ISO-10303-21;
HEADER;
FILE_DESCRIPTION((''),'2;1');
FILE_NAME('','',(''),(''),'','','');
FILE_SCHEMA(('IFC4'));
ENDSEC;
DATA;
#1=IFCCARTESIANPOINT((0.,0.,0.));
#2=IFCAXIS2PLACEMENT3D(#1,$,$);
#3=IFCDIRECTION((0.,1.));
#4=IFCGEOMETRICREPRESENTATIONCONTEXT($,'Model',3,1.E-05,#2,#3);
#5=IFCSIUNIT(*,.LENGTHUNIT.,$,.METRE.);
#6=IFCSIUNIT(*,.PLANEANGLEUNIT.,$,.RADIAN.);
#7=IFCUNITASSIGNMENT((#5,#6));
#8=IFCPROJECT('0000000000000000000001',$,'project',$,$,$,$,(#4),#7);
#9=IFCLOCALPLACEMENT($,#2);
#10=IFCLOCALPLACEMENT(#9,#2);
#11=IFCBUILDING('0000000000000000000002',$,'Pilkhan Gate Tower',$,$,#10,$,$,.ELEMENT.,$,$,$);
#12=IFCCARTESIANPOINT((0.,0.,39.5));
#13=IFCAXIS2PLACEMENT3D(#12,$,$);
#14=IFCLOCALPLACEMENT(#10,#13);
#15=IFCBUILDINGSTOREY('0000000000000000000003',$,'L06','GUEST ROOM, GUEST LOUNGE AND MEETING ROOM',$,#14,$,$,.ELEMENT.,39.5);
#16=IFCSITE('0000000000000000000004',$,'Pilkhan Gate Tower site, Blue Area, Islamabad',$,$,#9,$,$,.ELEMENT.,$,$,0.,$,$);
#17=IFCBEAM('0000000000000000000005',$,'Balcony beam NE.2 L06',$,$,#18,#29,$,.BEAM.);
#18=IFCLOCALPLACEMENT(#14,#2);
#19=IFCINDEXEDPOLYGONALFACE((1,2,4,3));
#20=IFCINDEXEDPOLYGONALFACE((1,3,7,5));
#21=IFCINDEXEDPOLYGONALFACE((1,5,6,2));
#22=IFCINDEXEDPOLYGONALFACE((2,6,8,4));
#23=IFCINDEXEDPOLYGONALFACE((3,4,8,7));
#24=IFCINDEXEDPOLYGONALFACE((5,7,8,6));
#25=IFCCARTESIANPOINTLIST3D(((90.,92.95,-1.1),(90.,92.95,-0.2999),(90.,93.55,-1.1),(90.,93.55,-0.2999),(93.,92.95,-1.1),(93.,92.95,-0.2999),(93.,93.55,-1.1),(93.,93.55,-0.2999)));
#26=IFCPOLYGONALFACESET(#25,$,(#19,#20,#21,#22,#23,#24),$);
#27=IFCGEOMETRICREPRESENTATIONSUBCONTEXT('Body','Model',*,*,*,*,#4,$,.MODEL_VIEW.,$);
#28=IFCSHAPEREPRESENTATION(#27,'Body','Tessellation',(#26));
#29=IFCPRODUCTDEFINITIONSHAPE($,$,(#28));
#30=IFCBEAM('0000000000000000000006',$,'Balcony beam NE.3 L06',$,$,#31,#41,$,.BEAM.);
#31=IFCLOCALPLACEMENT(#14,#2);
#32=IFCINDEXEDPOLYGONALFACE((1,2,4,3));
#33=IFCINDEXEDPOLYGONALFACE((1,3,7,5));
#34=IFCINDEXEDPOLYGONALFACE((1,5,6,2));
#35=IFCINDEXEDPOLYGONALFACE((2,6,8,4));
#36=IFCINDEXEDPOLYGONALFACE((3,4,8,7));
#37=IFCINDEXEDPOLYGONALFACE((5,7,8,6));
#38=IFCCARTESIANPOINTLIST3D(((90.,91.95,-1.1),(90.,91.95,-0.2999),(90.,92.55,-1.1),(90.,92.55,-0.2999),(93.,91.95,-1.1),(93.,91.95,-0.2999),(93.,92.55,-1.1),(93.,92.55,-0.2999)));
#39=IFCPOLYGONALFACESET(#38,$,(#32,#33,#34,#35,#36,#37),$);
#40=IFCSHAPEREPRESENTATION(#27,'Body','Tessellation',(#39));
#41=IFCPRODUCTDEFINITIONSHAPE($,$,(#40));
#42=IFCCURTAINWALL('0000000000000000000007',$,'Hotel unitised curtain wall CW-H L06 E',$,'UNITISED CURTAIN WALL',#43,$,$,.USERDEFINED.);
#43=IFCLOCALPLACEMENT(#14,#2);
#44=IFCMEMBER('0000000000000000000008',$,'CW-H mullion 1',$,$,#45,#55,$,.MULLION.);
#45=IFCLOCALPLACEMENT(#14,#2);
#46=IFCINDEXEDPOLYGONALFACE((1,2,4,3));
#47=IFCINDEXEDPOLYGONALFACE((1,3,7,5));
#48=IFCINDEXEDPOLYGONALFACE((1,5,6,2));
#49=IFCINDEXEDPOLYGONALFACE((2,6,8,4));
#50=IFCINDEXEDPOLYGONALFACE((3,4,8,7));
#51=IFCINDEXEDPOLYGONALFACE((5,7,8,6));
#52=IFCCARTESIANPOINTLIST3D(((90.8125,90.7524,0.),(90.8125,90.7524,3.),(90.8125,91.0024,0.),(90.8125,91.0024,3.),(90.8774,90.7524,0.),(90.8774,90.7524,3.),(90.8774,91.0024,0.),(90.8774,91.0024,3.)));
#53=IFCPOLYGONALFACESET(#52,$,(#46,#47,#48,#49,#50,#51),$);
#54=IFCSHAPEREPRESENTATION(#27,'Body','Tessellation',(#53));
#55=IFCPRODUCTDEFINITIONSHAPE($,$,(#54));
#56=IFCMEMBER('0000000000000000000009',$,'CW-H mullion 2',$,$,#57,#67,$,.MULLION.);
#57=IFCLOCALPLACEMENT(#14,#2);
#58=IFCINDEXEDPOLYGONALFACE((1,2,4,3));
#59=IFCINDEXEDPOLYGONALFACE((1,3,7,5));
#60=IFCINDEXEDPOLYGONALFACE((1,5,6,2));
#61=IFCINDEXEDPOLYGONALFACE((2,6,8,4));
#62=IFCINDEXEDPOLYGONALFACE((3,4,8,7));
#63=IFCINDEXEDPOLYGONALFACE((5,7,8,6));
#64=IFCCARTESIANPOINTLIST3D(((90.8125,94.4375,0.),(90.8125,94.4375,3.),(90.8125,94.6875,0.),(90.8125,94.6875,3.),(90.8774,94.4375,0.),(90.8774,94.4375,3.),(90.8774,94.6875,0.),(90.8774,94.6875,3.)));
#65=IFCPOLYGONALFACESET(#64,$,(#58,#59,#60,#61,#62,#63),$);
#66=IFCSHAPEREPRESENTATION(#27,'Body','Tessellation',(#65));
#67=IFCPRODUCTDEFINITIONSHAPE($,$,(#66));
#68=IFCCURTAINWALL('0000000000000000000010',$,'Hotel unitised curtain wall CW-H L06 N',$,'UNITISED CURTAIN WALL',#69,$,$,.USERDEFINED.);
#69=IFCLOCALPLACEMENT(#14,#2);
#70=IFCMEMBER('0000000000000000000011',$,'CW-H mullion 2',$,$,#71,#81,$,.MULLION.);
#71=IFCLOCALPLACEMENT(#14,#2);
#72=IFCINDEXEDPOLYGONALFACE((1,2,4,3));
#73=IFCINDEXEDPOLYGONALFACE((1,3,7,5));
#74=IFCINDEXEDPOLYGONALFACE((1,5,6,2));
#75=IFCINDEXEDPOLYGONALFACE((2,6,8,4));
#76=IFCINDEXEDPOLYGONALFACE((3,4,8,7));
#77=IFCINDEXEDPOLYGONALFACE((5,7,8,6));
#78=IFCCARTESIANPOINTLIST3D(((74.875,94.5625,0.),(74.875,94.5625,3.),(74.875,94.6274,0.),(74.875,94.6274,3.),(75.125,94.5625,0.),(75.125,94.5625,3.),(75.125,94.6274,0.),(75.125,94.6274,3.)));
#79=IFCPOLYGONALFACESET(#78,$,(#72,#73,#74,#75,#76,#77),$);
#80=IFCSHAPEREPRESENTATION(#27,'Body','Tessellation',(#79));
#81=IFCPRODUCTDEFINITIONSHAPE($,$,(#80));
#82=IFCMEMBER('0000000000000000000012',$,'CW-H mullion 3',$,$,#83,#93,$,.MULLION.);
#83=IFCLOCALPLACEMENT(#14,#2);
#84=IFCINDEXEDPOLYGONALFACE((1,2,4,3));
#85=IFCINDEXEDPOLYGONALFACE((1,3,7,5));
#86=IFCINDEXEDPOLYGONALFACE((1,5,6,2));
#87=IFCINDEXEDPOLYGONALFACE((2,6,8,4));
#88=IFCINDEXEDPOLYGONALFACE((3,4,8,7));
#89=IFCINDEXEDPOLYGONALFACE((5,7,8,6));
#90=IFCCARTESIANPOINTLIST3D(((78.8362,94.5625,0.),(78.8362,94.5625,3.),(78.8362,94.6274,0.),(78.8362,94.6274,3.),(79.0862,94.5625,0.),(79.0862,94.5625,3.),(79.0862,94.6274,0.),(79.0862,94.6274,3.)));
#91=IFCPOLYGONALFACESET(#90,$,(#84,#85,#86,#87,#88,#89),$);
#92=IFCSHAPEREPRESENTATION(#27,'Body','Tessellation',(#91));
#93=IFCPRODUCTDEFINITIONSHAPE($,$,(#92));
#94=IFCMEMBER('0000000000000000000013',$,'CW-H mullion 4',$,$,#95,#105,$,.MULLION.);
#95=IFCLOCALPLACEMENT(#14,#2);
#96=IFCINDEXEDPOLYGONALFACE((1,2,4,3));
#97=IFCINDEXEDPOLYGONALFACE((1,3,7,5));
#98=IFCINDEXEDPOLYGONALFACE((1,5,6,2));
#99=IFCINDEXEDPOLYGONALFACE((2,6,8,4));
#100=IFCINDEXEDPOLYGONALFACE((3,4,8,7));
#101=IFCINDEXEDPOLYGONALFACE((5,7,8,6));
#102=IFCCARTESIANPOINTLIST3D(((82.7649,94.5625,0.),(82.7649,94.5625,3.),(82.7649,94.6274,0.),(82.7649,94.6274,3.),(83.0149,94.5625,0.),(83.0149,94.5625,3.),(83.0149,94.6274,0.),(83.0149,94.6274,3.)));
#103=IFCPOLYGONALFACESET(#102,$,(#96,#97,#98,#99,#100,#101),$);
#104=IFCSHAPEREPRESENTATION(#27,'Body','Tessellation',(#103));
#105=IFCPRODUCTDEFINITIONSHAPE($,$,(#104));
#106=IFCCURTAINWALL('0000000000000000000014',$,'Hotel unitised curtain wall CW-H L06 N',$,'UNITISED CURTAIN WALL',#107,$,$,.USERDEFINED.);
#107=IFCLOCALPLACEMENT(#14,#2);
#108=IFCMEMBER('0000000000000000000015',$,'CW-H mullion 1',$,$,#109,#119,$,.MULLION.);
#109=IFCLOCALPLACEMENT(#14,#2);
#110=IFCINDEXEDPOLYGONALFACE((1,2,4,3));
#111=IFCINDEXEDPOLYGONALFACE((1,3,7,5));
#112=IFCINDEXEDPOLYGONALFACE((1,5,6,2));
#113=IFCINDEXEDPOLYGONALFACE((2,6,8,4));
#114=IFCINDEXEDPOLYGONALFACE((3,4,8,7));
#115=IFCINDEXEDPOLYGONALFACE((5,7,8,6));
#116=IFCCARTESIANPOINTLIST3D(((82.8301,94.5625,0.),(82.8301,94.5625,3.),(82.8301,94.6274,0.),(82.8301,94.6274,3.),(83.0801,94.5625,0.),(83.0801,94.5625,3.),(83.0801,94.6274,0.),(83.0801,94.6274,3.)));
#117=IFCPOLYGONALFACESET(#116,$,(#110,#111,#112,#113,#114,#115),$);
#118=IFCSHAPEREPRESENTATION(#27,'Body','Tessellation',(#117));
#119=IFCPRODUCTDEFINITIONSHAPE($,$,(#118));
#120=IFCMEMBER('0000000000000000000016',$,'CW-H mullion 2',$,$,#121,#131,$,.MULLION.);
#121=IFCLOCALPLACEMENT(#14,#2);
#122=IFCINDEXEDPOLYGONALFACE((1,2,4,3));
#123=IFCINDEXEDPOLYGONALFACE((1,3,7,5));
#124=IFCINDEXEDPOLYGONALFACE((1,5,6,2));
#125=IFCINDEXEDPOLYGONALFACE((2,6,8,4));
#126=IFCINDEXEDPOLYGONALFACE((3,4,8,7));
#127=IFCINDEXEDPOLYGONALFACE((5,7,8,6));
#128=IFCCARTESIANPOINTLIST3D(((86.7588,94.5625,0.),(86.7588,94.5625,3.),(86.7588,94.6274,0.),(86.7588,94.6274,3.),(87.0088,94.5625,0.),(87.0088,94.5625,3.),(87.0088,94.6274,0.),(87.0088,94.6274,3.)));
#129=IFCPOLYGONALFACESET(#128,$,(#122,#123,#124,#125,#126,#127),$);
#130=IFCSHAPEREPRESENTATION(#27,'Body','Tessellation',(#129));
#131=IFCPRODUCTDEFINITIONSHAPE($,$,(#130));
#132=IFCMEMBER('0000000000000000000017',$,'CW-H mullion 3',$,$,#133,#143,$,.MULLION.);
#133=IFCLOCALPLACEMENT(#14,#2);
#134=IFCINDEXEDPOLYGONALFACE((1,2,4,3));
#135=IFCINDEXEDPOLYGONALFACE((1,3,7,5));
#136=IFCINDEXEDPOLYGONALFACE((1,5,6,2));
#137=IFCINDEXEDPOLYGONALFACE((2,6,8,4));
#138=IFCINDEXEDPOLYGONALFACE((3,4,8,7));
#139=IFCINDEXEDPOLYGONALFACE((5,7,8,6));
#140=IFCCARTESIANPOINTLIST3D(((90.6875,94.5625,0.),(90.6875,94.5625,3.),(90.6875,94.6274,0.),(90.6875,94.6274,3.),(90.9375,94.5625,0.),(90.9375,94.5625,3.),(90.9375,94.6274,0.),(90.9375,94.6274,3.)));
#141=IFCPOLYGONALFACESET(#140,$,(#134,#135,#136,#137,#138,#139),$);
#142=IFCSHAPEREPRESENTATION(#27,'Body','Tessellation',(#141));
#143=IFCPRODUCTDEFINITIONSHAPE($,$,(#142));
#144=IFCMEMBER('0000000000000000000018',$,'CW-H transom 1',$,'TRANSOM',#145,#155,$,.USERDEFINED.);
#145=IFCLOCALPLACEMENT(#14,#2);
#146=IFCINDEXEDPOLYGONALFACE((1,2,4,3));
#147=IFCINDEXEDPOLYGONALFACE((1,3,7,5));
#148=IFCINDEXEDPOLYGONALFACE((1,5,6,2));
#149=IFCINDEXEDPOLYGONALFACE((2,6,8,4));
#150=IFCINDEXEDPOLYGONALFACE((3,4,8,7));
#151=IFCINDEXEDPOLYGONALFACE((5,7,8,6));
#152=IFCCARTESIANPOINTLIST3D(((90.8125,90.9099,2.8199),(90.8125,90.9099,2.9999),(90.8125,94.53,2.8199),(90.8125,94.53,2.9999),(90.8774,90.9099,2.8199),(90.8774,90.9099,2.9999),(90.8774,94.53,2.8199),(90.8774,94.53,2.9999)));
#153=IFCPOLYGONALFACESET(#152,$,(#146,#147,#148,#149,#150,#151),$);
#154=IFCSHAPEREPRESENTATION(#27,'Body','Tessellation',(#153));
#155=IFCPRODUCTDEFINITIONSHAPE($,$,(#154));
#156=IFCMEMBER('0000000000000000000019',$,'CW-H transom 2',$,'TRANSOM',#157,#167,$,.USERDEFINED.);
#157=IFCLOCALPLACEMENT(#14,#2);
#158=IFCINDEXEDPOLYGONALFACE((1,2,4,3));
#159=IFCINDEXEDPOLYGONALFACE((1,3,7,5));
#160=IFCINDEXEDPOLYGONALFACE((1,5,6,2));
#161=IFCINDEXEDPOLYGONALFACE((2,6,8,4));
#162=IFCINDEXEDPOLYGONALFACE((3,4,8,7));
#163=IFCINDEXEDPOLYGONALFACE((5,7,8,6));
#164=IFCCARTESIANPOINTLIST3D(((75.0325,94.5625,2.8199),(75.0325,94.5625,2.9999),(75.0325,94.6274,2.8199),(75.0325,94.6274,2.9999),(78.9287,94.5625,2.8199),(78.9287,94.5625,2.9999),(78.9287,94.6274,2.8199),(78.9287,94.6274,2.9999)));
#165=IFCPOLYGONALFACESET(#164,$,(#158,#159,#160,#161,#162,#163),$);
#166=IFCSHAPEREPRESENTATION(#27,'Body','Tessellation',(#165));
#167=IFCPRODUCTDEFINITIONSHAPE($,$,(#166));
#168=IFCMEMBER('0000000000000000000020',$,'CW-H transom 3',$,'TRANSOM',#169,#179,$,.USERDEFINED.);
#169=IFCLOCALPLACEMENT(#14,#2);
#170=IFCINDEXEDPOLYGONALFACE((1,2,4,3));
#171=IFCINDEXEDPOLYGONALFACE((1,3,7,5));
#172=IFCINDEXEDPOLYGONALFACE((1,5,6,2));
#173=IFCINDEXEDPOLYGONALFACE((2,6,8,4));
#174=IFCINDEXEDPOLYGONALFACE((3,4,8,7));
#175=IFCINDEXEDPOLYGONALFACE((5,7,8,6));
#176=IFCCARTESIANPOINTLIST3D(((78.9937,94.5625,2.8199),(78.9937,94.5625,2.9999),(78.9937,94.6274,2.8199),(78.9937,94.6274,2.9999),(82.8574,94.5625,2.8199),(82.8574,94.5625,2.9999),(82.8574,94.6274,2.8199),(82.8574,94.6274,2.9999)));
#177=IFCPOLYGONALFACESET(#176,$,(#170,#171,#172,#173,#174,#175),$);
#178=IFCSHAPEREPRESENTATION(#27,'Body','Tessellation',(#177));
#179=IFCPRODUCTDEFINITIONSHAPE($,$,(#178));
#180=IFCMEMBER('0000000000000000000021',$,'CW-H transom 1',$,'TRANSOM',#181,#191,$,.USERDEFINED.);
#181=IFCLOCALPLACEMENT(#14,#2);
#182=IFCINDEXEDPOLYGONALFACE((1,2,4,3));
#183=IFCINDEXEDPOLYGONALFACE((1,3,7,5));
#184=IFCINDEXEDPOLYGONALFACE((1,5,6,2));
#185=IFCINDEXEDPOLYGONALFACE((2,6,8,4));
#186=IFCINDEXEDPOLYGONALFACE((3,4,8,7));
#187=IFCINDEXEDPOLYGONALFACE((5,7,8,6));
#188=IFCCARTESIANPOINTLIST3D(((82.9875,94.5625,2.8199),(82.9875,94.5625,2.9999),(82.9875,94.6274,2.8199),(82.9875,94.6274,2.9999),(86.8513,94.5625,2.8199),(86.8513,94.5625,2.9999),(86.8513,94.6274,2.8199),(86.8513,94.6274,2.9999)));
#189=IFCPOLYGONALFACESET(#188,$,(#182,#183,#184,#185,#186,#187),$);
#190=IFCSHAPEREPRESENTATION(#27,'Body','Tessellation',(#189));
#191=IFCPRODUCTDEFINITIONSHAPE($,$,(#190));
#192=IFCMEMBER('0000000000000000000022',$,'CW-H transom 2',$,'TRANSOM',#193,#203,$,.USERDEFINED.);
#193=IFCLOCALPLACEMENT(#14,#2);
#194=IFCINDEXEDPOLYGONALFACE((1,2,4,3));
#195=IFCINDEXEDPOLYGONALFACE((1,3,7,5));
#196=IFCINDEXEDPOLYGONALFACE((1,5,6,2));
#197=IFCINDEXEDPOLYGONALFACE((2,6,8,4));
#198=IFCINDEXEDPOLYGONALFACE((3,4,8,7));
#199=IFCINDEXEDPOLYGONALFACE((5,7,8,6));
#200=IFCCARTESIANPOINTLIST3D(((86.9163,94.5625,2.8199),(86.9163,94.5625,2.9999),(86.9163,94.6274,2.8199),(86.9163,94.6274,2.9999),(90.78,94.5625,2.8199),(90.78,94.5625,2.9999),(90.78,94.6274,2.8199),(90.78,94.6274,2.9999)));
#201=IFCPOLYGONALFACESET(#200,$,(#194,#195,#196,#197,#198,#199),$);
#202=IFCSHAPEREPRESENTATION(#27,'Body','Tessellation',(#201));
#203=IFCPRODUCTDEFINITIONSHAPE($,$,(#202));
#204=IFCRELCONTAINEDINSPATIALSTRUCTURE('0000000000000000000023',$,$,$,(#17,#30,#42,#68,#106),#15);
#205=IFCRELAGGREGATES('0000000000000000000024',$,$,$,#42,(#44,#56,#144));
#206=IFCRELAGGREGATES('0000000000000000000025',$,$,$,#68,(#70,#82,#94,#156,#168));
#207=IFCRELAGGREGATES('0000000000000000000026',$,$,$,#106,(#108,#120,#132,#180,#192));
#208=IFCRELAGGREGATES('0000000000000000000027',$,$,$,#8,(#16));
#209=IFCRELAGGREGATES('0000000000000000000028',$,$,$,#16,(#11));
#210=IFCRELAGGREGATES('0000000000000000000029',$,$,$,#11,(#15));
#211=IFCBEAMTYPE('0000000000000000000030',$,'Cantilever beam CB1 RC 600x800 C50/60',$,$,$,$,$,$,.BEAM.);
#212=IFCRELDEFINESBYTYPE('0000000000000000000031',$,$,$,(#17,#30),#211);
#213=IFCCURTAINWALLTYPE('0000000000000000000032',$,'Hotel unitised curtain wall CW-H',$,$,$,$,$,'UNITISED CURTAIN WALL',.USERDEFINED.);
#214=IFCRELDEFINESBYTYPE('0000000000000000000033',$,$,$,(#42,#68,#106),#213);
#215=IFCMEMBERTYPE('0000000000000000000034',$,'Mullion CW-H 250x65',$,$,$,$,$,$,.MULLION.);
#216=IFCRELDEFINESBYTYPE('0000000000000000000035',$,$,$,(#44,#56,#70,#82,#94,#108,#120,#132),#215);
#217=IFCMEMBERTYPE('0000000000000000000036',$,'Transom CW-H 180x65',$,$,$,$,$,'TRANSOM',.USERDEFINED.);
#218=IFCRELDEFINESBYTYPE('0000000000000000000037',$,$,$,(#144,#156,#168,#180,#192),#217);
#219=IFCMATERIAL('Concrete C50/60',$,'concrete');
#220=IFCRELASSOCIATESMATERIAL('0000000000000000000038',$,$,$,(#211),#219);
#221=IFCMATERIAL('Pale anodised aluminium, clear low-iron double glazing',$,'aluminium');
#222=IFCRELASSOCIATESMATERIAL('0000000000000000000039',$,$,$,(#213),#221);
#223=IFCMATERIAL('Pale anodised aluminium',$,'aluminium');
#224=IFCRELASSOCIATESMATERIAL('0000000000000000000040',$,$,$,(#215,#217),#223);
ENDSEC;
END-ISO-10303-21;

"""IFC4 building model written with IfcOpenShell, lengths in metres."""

from ifc_helpers import new_model, si_unit, direction, frame, origin, origin_2d, place, context, subcontext, project, spatial, rectangle, extrude, material, material_profile, profile_set, type_object, element, aggregate, save


model = new_model("IFC4")

# Units and contexts
model_context = context("Model", 3, precision=1e-05, world=origin(), true_north=direction((0.0, 1.0)))
body_context = subcontext(model_context, "Body", "Model", "MODEL_VIEW")
ifc_project = project(units=[si_unit("LENGTHUNIT", "METRE"), si_unit("PLANEANGLEUNIT", "RADIAN")], contexts=[model_context])

# Site, building, storey
site_placement = place(None, origin())
site = spatial("IfcSite", under=ifc_project, at=site_placement, Name="Pilkhan Gate Tower site, Blue Area, Islamabad", CompositionType="ELEMENT", RefElevation=0.0)
building_placement = place(site_placement, origin())
building = spatial("IfcBuilding", under=site, at=building_placement, Name="Pilkhan Gate Tower", CompositionType="ELEMENT")
storey_placement = place(building_placement, frame((0.0, 0.0, 39.5)))
storey = spatial("IfcBuildingStorey", under=building, at=storey_placement, Name="L06", Description="GUEST ROOM, GUEST LOUNGE AND MEETING ROOM", CompositionType="ELEMENT", Elevation=39.5)

# Beams
ifc_material_1 = material(Name="Concrete C50/60", Category="concrete")
ifc_material_profile_1 = material_profile(ifc_material_1, rectangle(XDim=0.6001, YDim=0.8, at=origin_2d()), Name="RC 600x800")
ifc_profile_set_1 = profile_set([ifc_material_profile_1], Name="Concrete C50/60")
beam_type = type_object("IfcBeamType", Name="Cantilever beam CB1 RC 600x800 C50/60", PredefinedType="BEAM", material=ifc_profile_set_1)
for number, where, z_axis, x_axis, name in (
    (1, (90.0, 93.25, -0.7), (1.0, 0.0, 0.0), (0.0, 1.0, 0.0), "Balcony beam NE.2 L06"),
    (2, (90.0, 92.25, -0.7), (1.0, 0.0, 0.0), (0.0, 1.0, 0.0), "Balcony beam NE.3 L06"),
):
    element("IfcBeam", number, at=place(storey_placement, frame(where, z_axis=z_axis, x_axis=x_axis)), inside=storey, type_object=beam_type, Name=name, PredefinedType="BEAM", context=body_context, shape_type="SweptSolid", body=[
        extrude(rectangle(XDim=0.6001, YDim=0.8, at=origin_2d()), origin(), (0.0, 0.0, 1.0), 3.0),
    ])

# Curtain walls, members
ifc_material_2 = material(Name="Pale anodised aluminium, clear low-iron double glazing", Category="aluminium")
curtain_wall_type = type_object("IfcCurtainWallType", Name="Hotel unitised curtain wall CW-H", ElementType="UNITISED CURTAIN WALL", PredefinedType="USERDEFINED", material=ifc_material_2)
curtain_wall_1_placement = place(storey_placement, origin())
curtain_wall_1 = element("IfcCurtainWall", 3, at=curtain_wall_1_placement, inside=storey, type_object=curtain_wall_type, Name="Hotel unitised curtain wall CW-H L06 E", ObjectType="UNITISED CURTAIN WALL", PredefinedType="USERDEFINED")
ifc_material_3 = material(Name="Pale anodised aluminium", Category="aluminium")
ifc_material_profile_2 = material_profile(ifc_material_3, rectangle(XDim=0.0649, YDim=0.25, at=origin_2d()), Name="Mullion 250x65")
ifc_profile_set_2 = profile_set([ifc_material_profile_2], Name="Pale anodised aluminium")
member_type_1 = type_object("IfcMemberType", Name="Mullion CW-H 250x65", PredefinedType="MULLION", material=ifc_profile_set_2)
member_1_placement = place(storey_placement, frame((90.845, 90.8774, 0.0), z_axis=(0.0, 0.0, 1.0), x_axis=(-1.0, 0.0, 0.0)))
member_1 = element("IfcMember", 4, at=member_1_placement, type_object=member_type_1, Name="CW-H mullion 1", PredefinedType="MULLION", context=body_context, shape_type="SweptSolid", body=[
    extrude(rectangle(XDim=0.0649, YDim=0.25, at=origin_2d()), origin(), (0.0, 0.0, 1.0), 3.0),
])
member_2_placement = place(storey_placement, frame((90.845, 94.5625, 0.0), z_axis=(0.0, 0.0, 1.0), x_axis=(-1.0, 0.0, 0.0)))
member_2 = element("IfcMember", 5, at=member_2_placement, type_object=member_type_1, Name="CW-H mullion 2", PredefinedType="MULLION", context=body_context, shape_type="SweptSolid", body=[
    extrude(rectangle(XDim=0.0649, YDim=0.25, at=origin_2d()), origin(), (0.0, 0.0, 1.0), 3.0),
])
curtain_wall_2_placement = place(storey_placement, origin())
curtain_wall_2 = element("IfcCurtainWall", 6, at=curtain_wall_2_placement, inside=storey, type_object=curtain_wall_type, Name="Hotel unitised curtain wall CW-H L06 N", ObjectType="UNITISED CURTAIN WALL", PredefinedType="USERDEFINED")
member_3_placement = place(storey_placement, frame((75.0, 94.595, 0.0), z_axis=(0.0, 0.0, 1.0), x_axis=(0.0, 1.0, 0.0)))
member_3 = element("IfcMember", 7, at=member_3_placement, type_object=member_type_1, Name="CW-H mullion 2", PredefinedType="MULLION", context=body_context, shape_type="SweptSolid", body=[
    extrude(rectangle(XDim=0.0649, YDim=0.25, at=origin_2d()), origin(), (0.0, 0.0, 1.0), 3.0),
])
member_4_placement = place(storey_placement, frame((78.9612, 94.595, 0.0), z_axis=(0.0, 0.0, 1.0), x_axis=(0.0, 1.0, 0.0)))
member_4 = element("IfcMember", 8, at=member_4_placement, type_object=member_type_1, Name="CW-H mullion 3", PredefinedType="MULLION", context=body_context, shape_type="SweptSolid", body=[
    extrude(rectangle(XDim=0.0649, YDim=0.25, at=origin_2d()), origin(), (0.0, 0.0, 1.0), 3.0),
])
member_5_placement = place(storey_placement, frame((82.8899, 94.595, 0.0), z_axis=(0.0, 0.0, 1.0), x_axis=(0.0, 1.0, 0.0)))
member_5 = element("IfcMember", 9, at=member_5_placement, type_object=member_type_1, Name="CW-H mullion 4", PredefinedType="MULLION", context=body_context, shape_type="SweptSolid", body=[
    extrude(rectangle(XDim=0.0649, YDim=0.25, at=origin_2d()), origin(), (0.0, 0.0, 1.0), 3.0),
])
curtain_wall_3_placement = place(storey_placement, origin())
curtain_wall_3 = element("IfcCurtainWall", 10, at=curtain_wall_3_placement, inside=storey, type_object=curtain_wall_type, Name="Hotel unitised curtain wall CW-H L06 N", ObjectType="UNITISED CURTAIN WALL", PredefinedType="USERDEFINED")
member_6_placement = place(storey_placement, frame((82.9551, 94.595, 0.0), z_axis=(0.0, 0.0, 1.0), x_axis=(0.0, 1.0, 0.0)))
member_6 = element("IfcMember", 11, at=member_6_placement, type_object=member_type_1, Name="CW-H mullion 1", PredefinedType="MULLION", context=body_context, shape_type="SweptSolid", body=[
    extrude(rectangle(XDim=0.0649, YDim=0.25, at=origin_2d()), origin(), (0.0, 0.0, 1.0), 3.0),
])
member_7_placement = place(storey_placement, frame((86.8838, 94.595, 0.0), z_axis=(0.0, 0.0, 1.0), x_axis=(0.0, 1.0, 0.0)))
member_7 = element("IfcMember", 12, at=member_7_placement, type_object=member_type_1, Name="CW-H mullion 2", PredefinedType="MULLION", context=body_context, shape_type="SweptSolid", body=[
    extrude(rectangle(XDim=0.0649, YDim=0.25, at=origin_2d()), origin(), (0.0, 0.0, 1.0), 3.0),
])
member_8_placement = place(storey_placement, frame((90.8125, 94.595, 0.0), z_axis=(0.0, 0.0, 1.0), x_axis=(0.0, 1.0, 0.0)))
member_8 = element("IfcMember", 13, at=member_8_placement, type_object=member_type_1, Name="CW-H mullion 3", PredefinedType="MULLION", context=body_context, shape_type="SweptSolid", body=[
    extrude(rectangle(XDim=0.0649, YDim=0.25, at=origin_2d()), origin(), (0.0, 0.0, 1.0), 3.0),
])

# Members
ifc_material_profile_3 = material_profile(ifc_material_3, rectangle(XDim=0.0649, YDim=0.1799, at=origin_2d()), Name="Transom 180x65")
ifc_profile_set_3 = profile_set([ifc_material_profile_3], Name="Pale anodised aluminium")
member_type_2 = type_object("IfcMemberType", Name="Transom CW-H 180x65", ElementType="TRANSOM", PredefinedType="USERDEFINED", material=ifc_profile_set_3)
member_9_placement = place(storey_placement, frame((90.845, 90.9099, 2.9099), z_axis=(0.0, 1.0, 0.0), x_axis=(-1.0, 0.0, 0.0)))
member_9 = element("IfcMember", 14, at=member_9_placement, type_object=member_type_2, Name="CW-H transom 1", ObjectType="TRANSOM", PredefinedType="USERDEFINED", context=body_context, shape_type="SweptSolid", body=[
    extrude(rectangle(XDim=0.0649, YDim=0.1799, at=origin_2d()), origin(), (0.0, 0.0, 1.0), 3.6201),
])
member_10_placement = place(storey_placement, frame((75.0325, 94.595, 2.9099), z_axis=(1.0, 0.0, 0.0), x_axis=(0.0, 1.0, 0.0)))
member_10 = element("IfcMember", 15, at=member_10_placement, type_object=member_type_2, Name="CW-H transom 2", ObjectType="TRANSOM", PredefinedType="USERDEFINED", context=body_context, shape_type="SweptSolid", body=[
    extrude(rectangle(XDim=0.0649, YDim=0.1799, at=origin_2d()), origin(), (0.0, 0.0, 1.0), 3.8962),
])
member_11_placement = place(storey_placement, frame((78.9937, 94.595, 2.9099), z_axis=(1.0, 0.0, 0.0), x_axis=(0.0, 1.0, 0.0)))
member_11 = element("IfcMember", 16, at=member_11_placement, type_object=member_type_2, Name="CW-H transom 3", ObjectType="TRANSOM", PredefinedType="USERDEFINED", context=body_context, shape_type="SweptSolid", body=[
    extrude(rectangle(XDim=0.0649, YDim=0.1799, at=origin_2d()), origin(), (0.0, 0.0, 1.0), 3.8638),
])
member_12_placement = place(storey_placement, frame((82.9875, 94.595, 2.9099), z_axis=(1.0, 0.0, 0.0), x_axis=(0.0, 1.0, 0.0)))
member_12 = element("IfcMember", 17, at=member_12_placement, type_object=member_type_2, Name="CW-H transom 1", ObjectType="TRANSOM", PredefinedType="USERDEFINED", context=body_context, shape_type="SweptSolid", body=[
    extrude(rectangle(XDim=0.0649, YDim=0.1799, at=origin_2d()), origin(), (0.0, 0.0, 1.0), 3.8638),
])
member_13_placement = place(storey_placement, frame((86.9163, 94.595, 2.9099), z_axis=(1.0, 0.0, 0.0), x_axis=(0.0, 1.0, 0.0)))
member_13 = element("IfcMember", 18, at=member_13_placement, type_object=member_type_2, Name="CW-H transom 2", ObjectType="TRANSOM", PredefinedType="USERDEFINED", context=body_context, shape_type="SweptSolid", body=[
    extrude(rectangle(XDim=0.0649, YDim=0.1799, at=origin_2d()), origin(), (0.0, 0.0, 1.0), 3.8638),
])

aggregate(curtain_wall_1, [member_1, member_2, member_9])
aggregate(curtain_wall_2, [member_3, member_4, member_5, member_10, member_11])
aggregate(curtain_wall_3, [member_6, member_7, member_8, member_12, member_13])

save(model, "model.ifc")
